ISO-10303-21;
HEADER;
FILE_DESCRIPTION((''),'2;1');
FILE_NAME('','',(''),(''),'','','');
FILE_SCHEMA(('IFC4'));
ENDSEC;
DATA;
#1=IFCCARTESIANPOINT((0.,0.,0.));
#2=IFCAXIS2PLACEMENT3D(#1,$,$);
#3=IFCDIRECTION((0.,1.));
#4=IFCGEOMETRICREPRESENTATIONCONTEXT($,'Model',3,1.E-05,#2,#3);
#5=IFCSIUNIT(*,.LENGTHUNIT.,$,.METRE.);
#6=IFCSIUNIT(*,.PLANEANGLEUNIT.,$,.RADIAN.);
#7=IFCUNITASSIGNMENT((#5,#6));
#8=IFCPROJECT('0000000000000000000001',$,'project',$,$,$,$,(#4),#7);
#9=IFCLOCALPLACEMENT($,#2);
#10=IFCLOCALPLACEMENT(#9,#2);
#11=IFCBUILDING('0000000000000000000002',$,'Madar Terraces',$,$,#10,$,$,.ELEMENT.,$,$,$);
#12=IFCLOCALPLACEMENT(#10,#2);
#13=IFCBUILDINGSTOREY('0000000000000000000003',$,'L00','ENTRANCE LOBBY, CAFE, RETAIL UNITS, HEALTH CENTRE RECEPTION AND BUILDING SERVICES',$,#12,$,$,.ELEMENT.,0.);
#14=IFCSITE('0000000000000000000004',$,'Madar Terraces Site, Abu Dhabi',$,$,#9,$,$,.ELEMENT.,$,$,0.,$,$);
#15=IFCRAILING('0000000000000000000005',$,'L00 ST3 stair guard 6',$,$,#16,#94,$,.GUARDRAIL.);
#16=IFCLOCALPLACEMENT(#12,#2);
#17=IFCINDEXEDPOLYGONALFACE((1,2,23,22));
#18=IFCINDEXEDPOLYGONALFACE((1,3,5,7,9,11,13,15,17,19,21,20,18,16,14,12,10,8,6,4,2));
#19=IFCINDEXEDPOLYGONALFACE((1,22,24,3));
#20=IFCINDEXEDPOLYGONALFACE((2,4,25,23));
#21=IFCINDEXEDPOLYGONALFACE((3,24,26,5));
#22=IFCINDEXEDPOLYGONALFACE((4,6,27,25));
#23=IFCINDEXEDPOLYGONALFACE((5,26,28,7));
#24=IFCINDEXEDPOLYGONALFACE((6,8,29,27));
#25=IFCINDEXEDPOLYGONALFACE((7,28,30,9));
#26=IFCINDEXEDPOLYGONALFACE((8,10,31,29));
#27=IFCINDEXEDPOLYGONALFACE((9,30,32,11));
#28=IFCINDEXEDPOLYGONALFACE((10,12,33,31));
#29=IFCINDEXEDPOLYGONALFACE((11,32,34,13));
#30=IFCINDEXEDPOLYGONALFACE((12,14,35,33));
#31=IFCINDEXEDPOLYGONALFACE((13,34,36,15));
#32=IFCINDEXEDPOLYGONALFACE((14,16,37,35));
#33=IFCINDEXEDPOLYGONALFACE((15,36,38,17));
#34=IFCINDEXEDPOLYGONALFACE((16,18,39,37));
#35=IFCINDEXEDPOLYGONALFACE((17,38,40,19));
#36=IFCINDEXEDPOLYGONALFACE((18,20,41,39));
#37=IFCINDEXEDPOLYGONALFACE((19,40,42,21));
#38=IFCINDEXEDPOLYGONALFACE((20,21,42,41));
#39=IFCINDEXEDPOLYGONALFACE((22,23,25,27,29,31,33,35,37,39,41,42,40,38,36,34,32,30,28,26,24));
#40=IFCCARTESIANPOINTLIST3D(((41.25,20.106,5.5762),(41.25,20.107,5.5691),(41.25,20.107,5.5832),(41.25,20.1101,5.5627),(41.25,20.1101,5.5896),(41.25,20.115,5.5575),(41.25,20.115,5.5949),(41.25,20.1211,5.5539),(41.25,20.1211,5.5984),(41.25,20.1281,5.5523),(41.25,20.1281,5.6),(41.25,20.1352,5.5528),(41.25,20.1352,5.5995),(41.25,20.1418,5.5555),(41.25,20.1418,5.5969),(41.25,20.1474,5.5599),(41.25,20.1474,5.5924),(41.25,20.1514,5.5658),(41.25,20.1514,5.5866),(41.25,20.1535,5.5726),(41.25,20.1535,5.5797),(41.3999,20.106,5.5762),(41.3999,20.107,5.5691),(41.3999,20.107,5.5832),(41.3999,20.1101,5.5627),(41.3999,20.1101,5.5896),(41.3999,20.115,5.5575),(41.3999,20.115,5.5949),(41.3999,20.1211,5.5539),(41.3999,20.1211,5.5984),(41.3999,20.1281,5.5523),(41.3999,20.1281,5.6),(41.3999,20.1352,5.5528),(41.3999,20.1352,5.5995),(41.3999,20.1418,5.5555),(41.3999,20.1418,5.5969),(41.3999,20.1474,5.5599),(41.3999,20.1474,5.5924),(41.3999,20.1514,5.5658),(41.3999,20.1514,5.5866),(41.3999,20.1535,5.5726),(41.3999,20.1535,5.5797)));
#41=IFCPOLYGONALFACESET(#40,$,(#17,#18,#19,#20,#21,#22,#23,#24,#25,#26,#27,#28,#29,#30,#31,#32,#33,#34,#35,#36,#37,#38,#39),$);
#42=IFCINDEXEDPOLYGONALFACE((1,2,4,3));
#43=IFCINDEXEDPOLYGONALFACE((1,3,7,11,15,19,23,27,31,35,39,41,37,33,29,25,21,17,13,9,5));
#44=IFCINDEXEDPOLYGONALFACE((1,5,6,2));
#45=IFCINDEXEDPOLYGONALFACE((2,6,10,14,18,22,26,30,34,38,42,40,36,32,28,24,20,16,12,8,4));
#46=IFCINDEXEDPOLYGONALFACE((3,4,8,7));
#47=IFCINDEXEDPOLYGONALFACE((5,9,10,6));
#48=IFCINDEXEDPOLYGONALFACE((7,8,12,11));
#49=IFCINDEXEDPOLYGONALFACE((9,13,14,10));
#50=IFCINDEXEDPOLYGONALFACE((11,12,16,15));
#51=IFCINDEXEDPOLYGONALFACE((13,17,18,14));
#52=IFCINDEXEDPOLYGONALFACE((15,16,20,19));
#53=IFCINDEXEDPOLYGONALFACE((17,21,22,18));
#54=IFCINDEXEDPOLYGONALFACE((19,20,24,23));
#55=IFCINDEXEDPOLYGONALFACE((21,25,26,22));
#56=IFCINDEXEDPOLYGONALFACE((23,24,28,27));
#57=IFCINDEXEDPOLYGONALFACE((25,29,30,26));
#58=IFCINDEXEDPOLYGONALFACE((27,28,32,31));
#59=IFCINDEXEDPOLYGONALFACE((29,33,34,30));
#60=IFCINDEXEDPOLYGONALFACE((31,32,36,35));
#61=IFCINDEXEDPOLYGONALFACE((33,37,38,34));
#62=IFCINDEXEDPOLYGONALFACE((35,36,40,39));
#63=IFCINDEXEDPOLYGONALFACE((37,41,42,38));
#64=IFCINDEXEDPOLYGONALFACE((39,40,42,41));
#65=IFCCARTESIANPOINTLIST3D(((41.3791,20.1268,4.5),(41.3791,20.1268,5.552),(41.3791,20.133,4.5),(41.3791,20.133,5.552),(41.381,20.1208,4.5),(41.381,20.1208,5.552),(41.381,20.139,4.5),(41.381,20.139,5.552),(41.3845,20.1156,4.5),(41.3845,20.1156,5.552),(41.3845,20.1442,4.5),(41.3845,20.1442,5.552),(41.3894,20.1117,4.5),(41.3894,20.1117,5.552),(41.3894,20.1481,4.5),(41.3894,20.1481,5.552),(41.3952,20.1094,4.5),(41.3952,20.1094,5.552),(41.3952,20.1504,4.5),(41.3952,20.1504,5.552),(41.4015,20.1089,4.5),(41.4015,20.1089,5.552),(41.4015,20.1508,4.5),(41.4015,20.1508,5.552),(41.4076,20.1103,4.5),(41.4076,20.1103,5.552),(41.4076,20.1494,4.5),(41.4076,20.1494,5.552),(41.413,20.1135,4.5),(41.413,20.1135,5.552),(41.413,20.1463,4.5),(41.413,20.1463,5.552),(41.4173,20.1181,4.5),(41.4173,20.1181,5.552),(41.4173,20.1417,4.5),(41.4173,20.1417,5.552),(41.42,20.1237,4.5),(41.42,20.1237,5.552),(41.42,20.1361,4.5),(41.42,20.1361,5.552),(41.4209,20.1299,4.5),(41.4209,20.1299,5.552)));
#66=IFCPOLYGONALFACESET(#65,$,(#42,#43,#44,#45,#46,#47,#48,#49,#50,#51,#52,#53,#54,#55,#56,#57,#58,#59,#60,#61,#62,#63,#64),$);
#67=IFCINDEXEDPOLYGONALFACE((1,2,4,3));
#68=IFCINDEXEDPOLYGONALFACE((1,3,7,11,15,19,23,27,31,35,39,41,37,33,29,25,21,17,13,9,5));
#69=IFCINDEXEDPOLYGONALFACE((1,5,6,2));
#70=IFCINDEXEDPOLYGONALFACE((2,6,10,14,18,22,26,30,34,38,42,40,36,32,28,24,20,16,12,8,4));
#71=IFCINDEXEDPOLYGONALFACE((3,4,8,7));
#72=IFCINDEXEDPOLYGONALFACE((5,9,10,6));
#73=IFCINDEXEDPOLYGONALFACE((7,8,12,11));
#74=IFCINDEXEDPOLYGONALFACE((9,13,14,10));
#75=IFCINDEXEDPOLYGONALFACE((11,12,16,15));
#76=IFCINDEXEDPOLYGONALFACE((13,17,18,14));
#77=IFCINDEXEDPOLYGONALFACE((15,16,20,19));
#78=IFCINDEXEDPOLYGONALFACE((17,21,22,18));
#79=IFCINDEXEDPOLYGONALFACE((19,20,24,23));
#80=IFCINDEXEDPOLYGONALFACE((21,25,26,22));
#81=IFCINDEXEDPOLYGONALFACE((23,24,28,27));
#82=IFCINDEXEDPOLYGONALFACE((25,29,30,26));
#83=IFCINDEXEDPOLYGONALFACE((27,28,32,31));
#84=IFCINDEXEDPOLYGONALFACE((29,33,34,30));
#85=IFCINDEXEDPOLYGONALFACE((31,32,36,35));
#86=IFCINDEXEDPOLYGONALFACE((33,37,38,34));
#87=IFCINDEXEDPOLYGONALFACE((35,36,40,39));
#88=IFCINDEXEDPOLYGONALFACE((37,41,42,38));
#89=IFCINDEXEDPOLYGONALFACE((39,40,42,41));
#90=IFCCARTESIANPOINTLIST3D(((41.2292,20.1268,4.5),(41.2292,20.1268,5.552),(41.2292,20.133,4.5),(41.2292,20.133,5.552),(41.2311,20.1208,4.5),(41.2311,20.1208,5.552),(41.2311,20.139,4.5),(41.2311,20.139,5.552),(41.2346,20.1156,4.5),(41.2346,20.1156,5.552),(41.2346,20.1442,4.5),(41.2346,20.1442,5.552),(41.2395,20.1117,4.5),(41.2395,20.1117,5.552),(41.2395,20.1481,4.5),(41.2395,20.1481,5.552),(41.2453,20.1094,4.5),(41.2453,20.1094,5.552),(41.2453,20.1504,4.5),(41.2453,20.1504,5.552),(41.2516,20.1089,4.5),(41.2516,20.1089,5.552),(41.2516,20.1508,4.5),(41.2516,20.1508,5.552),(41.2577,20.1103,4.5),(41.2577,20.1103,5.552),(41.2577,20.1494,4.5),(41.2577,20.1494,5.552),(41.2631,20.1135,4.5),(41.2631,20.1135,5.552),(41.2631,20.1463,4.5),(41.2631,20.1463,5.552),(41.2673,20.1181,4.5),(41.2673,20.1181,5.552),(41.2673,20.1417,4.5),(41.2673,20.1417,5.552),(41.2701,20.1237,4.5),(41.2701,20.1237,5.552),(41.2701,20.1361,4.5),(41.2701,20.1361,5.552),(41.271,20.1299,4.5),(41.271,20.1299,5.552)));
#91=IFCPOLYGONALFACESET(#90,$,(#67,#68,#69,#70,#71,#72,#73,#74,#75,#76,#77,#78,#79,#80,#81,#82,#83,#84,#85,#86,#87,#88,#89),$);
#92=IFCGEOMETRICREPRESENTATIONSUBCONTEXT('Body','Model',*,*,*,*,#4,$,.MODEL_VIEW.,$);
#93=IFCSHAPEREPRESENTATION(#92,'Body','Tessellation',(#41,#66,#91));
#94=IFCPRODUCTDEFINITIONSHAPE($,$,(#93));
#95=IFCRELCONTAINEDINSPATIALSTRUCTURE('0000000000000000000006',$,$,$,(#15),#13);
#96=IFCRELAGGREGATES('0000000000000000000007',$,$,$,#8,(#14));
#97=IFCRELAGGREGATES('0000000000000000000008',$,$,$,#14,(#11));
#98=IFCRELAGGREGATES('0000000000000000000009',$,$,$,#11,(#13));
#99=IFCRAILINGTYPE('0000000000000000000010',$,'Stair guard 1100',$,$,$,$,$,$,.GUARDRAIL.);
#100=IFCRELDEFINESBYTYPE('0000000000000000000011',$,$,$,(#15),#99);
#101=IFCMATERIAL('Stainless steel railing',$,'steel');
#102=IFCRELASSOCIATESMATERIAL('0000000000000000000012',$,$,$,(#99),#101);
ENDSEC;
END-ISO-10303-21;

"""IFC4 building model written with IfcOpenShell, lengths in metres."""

from ifc_helpers import new_model, si_unit, direction, frame, origin, origin_2d, place, context, subcontext, project, spatial, circle, extrude, material, type_object, element, save


model = new_model("IFC4")

# Units and contexts
model_context = context("Model", 3, precision=1e-05, world=origin(), true_north=direction((0.0, 1.0)))
body_context = subcontext(model_context, "Body", "Model", "MODEL_VIEW")
ifc_project = project(units=[si_unit("LENGTHUNIT", "METRE"), si_unit("PLANEANGLEUNIT", "RADIAN")], contexts=[model_context])

# Site, building, storey
site_placement = place(None, origin())
site = spatial("IfcSite", under=ifc_project, at=site_placement, Name="Madar Terraces Site, Abu Dhabi", CompositionType="ELEMENT", RefElevation=0.0)
building_placement = place(site_placement, origin())
building = spatial("IfcBuilding", under=site, at=building_placement, Name="Madar Terraces", CompositionType="ELEMENT")
storey_placement = place(building_placement, origin())
storey = spatial("IfcBuildingStorey", under=building, at=storey_placement, Name="L00", Description="ENTRANCE LOBBY, CAFE, RETAIL UNITS, HEALTH CENTRE RECEPTION AND BUILDING SERVICES", CompositionType="ELEMENT", Elevation=0.0)

# Railing
ifc_material_1 = material(Name="Stainless steel railing", Category="steel")
railing_type = type_object("IfcRailingType", Name="Stair guard 1100", PredefinedType="GUARDRAIL", material=ifc_material_1)
railing_1_placement = place(storey_placement, frame((41.3999, 20.1299, 4.5)))
element("IfcRailing", 1, at=railing_1_placement, inside=storey, type_object=railing_type, Name="L00 ST3 stair guard 6", PredefinedType="GUARDRAIL", context=body_context, shape_type="SweptSolid", body=[
    extrude(circle(Radius=0.0239, at=origin_2d()), frame((0.0, 0.0, 1.0762), z_axis=(-1.0, 0.0, 0.0), x_axis=(0.0, -1.0, 0.0)), (0.0, 0.0, 1.0), 0.1499),
    extrude(circle(Radius=0.021, at=origin_2d()), origin(), (0.0, 0.0, 1.0), 1.052),
    extrude(circle(Radius=0.021, at=origin_2d()), frame((-0.1499, 0.0, 0.0)), (0.0, 0.0, 1.0), 1.052),
])

save(model, "model.ifc")
